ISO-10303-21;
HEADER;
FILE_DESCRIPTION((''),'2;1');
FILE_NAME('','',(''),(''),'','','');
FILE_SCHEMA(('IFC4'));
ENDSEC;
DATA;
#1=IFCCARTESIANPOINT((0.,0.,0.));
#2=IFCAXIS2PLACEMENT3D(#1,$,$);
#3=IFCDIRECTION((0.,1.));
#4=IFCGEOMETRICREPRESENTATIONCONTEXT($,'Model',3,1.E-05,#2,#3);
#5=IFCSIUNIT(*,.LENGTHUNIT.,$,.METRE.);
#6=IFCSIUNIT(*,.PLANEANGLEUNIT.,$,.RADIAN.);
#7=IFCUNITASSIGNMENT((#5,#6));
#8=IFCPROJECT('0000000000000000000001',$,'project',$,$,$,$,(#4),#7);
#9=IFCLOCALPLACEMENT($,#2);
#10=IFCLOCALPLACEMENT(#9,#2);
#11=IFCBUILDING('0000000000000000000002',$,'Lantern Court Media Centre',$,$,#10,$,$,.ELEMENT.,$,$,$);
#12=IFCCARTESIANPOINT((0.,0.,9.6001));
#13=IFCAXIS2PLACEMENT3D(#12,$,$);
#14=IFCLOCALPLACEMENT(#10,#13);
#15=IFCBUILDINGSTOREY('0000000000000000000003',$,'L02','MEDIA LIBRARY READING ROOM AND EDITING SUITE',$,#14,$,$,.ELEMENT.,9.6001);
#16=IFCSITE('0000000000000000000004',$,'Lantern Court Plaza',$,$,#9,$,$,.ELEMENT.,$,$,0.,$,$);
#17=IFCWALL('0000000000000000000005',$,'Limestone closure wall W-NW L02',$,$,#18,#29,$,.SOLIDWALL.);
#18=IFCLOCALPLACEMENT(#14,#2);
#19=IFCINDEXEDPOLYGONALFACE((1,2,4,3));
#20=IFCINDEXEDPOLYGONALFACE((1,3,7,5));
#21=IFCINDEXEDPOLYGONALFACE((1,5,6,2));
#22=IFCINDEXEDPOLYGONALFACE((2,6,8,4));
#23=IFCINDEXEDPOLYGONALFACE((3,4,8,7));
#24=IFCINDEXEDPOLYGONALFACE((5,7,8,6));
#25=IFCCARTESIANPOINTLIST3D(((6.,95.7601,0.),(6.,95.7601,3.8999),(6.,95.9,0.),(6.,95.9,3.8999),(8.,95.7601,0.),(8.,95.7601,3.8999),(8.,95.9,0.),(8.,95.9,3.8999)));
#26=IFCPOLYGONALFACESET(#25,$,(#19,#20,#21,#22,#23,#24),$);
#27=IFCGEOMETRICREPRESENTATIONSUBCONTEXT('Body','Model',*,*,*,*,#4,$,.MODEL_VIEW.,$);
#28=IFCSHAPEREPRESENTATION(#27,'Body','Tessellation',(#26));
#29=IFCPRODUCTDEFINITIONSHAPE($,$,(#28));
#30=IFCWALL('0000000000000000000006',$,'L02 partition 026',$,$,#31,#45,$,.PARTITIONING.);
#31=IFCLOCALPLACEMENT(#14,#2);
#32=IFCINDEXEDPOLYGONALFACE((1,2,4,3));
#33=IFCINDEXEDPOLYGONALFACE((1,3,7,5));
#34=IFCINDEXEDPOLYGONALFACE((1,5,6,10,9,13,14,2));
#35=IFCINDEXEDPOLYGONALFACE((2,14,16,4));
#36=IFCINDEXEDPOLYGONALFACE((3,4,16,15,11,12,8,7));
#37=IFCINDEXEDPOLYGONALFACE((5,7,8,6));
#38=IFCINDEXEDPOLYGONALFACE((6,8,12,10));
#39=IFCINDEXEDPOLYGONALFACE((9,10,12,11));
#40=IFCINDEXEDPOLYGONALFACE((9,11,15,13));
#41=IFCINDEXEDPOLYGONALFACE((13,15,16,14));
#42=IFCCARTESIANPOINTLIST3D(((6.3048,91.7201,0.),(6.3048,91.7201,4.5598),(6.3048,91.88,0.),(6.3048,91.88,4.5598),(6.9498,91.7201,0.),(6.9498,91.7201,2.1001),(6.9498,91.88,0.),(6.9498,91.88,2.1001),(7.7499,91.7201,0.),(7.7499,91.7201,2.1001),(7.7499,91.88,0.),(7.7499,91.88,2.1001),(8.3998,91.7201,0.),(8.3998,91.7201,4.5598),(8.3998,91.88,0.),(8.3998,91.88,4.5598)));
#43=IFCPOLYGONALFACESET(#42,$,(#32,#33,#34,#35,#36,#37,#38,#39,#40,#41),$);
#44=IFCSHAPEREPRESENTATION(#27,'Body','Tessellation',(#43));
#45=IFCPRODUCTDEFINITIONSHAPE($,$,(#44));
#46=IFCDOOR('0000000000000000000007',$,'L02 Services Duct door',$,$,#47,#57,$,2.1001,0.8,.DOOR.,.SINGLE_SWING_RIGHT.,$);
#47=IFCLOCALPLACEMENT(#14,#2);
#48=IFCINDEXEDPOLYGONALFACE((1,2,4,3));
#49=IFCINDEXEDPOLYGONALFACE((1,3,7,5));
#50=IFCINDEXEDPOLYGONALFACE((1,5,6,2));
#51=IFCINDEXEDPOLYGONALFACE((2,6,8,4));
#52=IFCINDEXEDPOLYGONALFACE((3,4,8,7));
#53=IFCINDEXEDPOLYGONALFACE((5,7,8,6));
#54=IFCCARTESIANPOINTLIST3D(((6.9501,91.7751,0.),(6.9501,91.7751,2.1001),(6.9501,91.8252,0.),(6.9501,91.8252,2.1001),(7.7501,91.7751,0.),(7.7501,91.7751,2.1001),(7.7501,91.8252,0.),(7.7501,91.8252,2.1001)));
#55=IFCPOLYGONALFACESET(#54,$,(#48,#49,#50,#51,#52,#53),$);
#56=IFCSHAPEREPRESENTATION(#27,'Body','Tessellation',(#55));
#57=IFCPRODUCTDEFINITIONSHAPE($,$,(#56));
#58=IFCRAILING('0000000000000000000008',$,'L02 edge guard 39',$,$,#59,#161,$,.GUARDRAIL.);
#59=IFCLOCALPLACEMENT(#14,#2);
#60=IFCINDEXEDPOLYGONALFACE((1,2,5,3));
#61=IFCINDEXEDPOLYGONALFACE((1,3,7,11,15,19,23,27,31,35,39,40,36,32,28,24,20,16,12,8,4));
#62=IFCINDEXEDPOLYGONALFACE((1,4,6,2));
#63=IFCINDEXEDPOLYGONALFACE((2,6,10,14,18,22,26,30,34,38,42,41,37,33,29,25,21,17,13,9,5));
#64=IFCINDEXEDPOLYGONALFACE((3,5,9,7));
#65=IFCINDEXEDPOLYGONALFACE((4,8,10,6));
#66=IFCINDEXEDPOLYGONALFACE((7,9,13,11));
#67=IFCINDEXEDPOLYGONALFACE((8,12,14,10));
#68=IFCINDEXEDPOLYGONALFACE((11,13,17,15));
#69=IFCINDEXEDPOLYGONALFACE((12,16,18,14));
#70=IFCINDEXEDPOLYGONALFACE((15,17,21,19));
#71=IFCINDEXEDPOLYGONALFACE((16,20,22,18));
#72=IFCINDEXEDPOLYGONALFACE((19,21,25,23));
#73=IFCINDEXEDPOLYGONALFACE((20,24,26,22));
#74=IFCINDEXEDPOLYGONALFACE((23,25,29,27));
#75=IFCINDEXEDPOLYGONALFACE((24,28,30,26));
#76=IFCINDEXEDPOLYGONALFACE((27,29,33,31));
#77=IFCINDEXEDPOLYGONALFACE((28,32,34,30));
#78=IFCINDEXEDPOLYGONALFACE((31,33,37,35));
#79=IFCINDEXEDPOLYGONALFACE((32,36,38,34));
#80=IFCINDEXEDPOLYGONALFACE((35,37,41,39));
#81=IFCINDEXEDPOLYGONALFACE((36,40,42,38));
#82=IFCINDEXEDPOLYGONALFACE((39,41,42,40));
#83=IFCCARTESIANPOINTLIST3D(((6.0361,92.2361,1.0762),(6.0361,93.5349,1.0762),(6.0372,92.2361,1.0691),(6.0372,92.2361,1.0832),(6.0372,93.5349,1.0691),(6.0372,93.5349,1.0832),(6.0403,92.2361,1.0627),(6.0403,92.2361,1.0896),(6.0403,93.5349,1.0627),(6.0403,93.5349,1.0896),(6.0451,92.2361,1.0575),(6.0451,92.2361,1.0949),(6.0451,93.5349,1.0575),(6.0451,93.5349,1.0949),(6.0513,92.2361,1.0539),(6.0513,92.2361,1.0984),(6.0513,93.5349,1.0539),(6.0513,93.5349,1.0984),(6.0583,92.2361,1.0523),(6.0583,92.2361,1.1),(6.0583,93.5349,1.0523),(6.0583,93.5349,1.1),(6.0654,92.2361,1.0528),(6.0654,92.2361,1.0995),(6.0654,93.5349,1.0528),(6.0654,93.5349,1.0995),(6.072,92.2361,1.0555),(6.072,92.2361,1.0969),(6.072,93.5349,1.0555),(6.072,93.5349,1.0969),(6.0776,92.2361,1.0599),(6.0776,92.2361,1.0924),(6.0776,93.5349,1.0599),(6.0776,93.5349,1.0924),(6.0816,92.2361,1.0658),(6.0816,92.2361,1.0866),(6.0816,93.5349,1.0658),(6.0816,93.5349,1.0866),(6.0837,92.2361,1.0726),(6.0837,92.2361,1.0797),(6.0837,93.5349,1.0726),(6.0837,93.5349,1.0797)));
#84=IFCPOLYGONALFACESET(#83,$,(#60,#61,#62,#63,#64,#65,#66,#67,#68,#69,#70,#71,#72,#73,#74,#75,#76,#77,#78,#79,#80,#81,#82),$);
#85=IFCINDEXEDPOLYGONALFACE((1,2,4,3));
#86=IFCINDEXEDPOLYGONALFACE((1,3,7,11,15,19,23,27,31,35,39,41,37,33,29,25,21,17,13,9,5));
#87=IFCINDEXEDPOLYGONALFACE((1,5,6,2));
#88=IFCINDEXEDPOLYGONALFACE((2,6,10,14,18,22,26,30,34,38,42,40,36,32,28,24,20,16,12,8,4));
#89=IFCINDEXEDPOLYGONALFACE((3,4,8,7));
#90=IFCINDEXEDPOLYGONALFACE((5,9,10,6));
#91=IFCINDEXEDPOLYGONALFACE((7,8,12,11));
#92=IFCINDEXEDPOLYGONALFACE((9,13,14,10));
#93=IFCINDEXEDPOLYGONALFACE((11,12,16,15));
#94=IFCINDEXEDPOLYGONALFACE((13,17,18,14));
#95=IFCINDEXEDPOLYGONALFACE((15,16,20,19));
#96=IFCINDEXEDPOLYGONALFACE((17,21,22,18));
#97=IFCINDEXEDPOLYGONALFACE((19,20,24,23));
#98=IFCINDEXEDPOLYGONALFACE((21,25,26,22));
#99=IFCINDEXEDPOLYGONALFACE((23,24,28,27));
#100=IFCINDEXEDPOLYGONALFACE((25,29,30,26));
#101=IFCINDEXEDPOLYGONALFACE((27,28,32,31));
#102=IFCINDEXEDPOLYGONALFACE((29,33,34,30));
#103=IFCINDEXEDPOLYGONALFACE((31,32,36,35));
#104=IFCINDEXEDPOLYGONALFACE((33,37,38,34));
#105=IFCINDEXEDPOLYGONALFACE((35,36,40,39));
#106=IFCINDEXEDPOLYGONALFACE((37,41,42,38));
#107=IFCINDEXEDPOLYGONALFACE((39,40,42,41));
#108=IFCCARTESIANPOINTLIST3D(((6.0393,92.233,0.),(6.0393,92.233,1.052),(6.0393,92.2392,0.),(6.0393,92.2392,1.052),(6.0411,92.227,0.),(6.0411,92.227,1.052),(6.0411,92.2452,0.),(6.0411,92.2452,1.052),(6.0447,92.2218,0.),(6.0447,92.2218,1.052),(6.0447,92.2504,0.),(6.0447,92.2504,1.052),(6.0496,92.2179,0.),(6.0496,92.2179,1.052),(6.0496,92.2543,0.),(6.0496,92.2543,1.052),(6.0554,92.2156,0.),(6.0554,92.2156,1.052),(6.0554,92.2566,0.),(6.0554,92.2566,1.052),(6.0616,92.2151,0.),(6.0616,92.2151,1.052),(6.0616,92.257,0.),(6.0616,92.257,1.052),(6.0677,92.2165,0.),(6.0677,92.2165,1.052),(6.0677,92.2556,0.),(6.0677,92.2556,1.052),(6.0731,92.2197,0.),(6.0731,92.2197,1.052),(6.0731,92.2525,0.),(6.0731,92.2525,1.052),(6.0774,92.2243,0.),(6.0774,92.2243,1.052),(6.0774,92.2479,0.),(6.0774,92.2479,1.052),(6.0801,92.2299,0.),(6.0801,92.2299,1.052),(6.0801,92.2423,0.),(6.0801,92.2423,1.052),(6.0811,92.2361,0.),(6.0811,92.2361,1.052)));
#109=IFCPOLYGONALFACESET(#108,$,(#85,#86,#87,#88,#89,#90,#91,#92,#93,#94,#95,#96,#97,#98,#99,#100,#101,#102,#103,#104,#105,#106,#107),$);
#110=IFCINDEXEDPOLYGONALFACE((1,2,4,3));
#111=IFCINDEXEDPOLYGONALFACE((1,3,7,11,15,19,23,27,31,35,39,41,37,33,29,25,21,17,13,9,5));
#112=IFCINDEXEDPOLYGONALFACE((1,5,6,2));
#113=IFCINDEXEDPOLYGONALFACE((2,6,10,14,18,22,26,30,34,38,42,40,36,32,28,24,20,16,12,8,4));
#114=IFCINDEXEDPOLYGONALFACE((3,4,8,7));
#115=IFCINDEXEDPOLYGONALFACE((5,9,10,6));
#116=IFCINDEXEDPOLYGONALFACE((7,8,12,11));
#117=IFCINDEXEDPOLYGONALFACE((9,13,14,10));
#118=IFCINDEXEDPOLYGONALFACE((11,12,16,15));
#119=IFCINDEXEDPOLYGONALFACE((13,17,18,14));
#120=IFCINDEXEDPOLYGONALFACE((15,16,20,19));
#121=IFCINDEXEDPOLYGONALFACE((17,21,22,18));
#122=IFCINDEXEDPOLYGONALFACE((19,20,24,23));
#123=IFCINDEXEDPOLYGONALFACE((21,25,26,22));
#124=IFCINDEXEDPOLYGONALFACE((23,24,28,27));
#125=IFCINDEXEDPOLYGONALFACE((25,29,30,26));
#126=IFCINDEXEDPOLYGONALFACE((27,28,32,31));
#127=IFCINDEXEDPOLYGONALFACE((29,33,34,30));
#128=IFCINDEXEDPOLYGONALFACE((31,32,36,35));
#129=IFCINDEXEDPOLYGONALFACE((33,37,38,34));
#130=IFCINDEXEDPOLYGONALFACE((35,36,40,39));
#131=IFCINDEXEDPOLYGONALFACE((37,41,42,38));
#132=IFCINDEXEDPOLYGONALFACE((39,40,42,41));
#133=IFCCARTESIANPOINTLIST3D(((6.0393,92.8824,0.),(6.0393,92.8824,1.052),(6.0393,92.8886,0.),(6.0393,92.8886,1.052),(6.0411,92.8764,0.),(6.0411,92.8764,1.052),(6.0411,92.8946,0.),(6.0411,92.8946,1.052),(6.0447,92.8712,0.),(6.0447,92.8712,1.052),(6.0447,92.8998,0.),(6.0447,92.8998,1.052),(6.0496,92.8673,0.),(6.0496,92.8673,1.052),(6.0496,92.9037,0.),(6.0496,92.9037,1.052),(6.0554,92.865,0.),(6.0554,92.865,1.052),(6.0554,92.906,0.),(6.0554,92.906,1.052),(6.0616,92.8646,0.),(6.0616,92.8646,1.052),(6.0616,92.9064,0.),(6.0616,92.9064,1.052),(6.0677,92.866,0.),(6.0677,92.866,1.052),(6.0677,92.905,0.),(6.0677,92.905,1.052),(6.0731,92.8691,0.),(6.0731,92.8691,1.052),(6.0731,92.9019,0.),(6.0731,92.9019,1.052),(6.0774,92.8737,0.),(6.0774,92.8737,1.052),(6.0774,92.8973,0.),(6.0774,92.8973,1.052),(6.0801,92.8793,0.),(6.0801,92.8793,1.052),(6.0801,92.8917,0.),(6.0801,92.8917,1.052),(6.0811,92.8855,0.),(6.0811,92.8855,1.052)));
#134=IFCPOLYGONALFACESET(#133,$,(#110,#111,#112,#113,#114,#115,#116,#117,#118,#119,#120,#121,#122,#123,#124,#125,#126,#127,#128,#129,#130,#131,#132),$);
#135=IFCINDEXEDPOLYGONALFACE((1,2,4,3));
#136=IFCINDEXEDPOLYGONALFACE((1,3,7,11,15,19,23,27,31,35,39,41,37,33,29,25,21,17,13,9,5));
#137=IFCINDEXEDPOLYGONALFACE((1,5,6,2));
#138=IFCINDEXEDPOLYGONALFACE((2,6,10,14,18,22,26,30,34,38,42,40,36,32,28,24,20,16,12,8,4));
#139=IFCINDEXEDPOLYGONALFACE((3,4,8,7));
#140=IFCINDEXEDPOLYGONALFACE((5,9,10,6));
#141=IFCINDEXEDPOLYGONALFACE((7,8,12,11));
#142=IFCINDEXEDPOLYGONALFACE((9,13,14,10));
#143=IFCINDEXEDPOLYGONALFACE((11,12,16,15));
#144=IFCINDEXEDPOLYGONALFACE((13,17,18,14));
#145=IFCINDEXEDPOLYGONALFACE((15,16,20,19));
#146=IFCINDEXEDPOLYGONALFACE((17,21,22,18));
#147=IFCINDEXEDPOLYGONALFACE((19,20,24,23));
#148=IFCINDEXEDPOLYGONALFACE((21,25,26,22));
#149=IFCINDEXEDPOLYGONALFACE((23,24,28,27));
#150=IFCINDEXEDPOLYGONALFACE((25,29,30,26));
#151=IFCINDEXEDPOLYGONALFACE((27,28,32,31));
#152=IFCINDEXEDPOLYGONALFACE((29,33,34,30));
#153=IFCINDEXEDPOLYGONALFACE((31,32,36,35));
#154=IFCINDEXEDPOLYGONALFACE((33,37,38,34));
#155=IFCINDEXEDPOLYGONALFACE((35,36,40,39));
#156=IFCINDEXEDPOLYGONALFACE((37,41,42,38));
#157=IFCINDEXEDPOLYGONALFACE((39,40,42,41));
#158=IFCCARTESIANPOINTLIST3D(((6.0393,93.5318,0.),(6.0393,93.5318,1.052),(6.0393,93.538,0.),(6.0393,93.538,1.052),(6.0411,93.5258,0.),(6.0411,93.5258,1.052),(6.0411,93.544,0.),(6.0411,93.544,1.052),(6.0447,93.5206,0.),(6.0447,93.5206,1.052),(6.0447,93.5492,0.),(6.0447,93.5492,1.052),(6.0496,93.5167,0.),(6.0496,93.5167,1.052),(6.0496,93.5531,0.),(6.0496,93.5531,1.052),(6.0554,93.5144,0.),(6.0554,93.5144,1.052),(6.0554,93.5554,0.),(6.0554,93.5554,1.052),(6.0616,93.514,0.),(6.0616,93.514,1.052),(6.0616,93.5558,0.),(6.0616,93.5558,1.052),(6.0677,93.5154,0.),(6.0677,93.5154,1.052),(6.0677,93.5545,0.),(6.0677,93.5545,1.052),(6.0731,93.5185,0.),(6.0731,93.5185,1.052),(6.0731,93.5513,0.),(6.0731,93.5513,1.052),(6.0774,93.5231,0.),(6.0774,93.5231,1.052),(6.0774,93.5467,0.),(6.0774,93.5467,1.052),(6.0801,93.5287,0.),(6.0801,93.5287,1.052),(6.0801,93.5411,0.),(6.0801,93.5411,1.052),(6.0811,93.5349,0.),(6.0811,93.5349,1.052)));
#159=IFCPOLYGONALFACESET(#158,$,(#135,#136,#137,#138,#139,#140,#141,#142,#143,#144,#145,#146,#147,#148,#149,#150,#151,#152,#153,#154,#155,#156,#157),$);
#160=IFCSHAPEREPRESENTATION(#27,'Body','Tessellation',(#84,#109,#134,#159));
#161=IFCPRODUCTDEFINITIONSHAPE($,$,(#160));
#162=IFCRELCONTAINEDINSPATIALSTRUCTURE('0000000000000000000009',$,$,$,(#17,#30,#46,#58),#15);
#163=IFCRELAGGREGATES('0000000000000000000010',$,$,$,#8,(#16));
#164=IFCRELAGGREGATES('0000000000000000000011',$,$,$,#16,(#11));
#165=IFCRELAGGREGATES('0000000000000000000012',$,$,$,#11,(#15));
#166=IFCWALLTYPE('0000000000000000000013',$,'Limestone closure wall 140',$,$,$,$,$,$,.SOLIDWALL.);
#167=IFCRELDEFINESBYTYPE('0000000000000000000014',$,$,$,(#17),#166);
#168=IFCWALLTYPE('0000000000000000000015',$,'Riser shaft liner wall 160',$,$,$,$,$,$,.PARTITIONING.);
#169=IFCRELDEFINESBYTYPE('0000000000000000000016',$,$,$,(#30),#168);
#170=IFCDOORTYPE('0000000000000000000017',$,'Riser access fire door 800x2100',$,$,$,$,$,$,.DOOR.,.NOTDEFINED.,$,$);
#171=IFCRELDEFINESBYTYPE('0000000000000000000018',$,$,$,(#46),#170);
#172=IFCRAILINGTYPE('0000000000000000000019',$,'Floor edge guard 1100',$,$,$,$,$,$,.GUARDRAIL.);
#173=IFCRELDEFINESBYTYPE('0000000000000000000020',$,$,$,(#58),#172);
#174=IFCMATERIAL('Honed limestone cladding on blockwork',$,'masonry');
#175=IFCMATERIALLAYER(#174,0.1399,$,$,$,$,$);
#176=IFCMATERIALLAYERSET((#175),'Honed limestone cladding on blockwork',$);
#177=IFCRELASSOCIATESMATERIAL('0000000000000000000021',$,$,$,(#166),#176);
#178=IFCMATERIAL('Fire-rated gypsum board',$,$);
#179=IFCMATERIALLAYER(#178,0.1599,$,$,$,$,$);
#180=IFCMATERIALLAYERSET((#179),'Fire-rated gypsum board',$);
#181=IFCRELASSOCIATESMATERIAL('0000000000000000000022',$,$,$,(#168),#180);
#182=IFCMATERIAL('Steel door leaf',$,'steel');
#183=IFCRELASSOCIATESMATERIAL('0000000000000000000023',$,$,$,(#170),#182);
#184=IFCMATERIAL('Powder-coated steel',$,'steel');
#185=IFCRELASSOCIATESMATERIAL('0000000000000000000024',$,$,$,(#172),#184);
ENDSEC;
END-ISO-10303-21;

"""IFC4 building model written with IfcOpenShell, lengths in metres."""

from ifc_helpers import new_model, si_unit, direction, frame, frame_2d, origin, origin_2d, place, context, subcontext, project, spatial, rectangle, circle, extrude, material, layer, layer_set, type_object, element, fill, save


model = new_model("IFC4")

# Units and contexts
model_context = context("Model", 3, precision=1e-05, world=origin(), true_north=direction((0.0, 1.0)))
body_context = subcontext(model_context, "Body", "Model", "MODEL_VIEW")
ifc_project = project(units=[si_unit("LENGTHUNIT", "METRE"), si_unit("PLANEANGLEUNIT", "RADIAN")], contexts=[model_context])

# Site, building, storey
site_placement = place(None, origin())
site = spatial("IfcSite", under=ifc_project, at=site_placement, Name="Lantern Court Plaza", CompositionType="ELEMENT", RefElevation=0.0)
building_placement = place(site_placement, origin())
building = spatial("IfcBuilding", under=site, at=building_placement, Name="Lantern Court Media Centre", CompositionType="ELEMENT")
storey_placement = place(building_placement, frame((0.0, 0.0, 9.6001)))
storey = spatial("IfcBuildingStorey", under=building, at=storey_placement, Name="L02", Description="MEDIA LIBRARY READING ROOM AND EDITING SUITE", CompositionType="ELEMENT", Elevation=9.6001)

# Wall
ifc_material_1 = material(Name="Honed limestone cladding on blockwork", Category="masonry")
ifc_layer_1 = layer(ifc_material_1, 0.1399)
ifc_layer_set_1 = layer_set([ifc_layer_1], Name="Honed limestone cladding on blockwork")
wall_type_1 = type_object("IfcWallType", Name="Limestone closure wall 140", PredefinedType="SOLIDWALL", material=ifc_layer_set_1)
wall_1_placement = place(storey_placement, frame((6.0, 95.8301, 0.0), z_axis=(0.0, 0.0, 1.0), x_axis=(1.0, 0.0, 0.0)))
element("IfcWall", 1, at=wall_1_placement, inside=storey, type_object=wall_type_1, Name="Limestone closure wall W-NW L02", PredefinedType="SOLIDWALL", context=body_context, shape_type="SweptSolid", body=[
    extrude(rectangle(XDim=2.0, YDim=0.1399, at=frame_2d((1.0, 0.0))), origin(), (0.0, 0.0, 1.0), 3.8999),
])

# Wall, opening, door
ifc_material_2 = material(Name="Fire-rated gypsum board")
ifc_layer_2 = layer(ifc_material_2, 0.1599)
ifc_layer_set_2 = layer_set([ifc_layer_2], Name="Fire-rated gypsum board")
wall_type_2 = type_object("IfcWallType", Name="Riser shaft liner wall 160", PredefinedType="PARTITIONING", material=ifc_layer_set_2)
wall_2_placement = place(storey_placement, frame((6.3049, 91.8, 0.0), z_axis=(0.0, 0.0, 1.0), x_axis=(1.0, 0.0, 0.0)))
wall_2 = element("IfcWall", 2, at=wall_2_placement, inside=storey, type_object=wall_type_2, Name="L02 partition 026", PredefinedType="PARTITIONING", context=body_context, shape_type="SweptSolid", body=[
    extrude(rectangle(XDim=2.095, YDim=0.1599, at=frame_2d((1.0474, 0.0))), origin(), (0.0, 0.0, 1.0), 4.5598),
])
opening_placement = place(wall_2_placement, frame((0.645, 0.0, 0.0)))
opening = element("IfcOpeningElement", 3, at=opening_placement, cuts=wall_2, PredefinedType="OPENING", context=body_context, shape_type="SweptSolid", body=[
    extrude(rectangle(XDim=0.8, YDim=2.1001, at=frame_2d((0.3999, 1.05))), frame((0.0, 0.0898, 0.0), z_axis=(0.0, -1.0, 0.0), x_axis=(1.0, 0.0, 0.0)), (0.0, 0.0, 1.0), 0.1799),
])
ifc_material_3 = material(Name="Steel door leaf", Category="steel")
door_type = type_object("IfcDoorType", Name="Riser access fire door 800x2100", OperationType="NOTDEFINED", PredefinedType="DOOR", material=ifc_material_3)
door_placement = place(opening_placement, frame((0.8, 0.0, 0.0), z_axis=(0.0, 0.0, 1.0), x_axis=(-1.0, 0.0, 0.0)))
door = element("IfcDoor", 4, at=door_placement, inside=storey, type_object=door_type, Name="L02 Services Duct door", OperationType="SINGLE_SWING_RIGHT", OverallHeight=2.1001, OverallWidth=0.8, PredefinedType="DOOR", context=body_context, shape_type="SweptSolid", body=[
    extrude(rectangle(XDim=0.8, YDim=2.1001, at=frame_2d((0.3999, 1.05))), frame((0.0, 0.0249, 0.0), z_axis=(0.0, -1.0, 0.0), x_axis=(1.0, 0.0, 0.0)), (0.0, 0.0, 1.0), 0.05),
])
fill(opening, door)

# Railing
ifc_material_4 = material(Name="Powder-coated steel", Category="steel")
railing_type = type_object("IfcRailingType", Name="Floor edge guard 1100", PredefinedType="GUARDRAIL", material=ifc_material_4)
railing_1_placement = place(storey_placement, frame((6.0601, 92.2361, 0.0)))
element("IfcRailing", 5, at=railing_1_placement, inside=storey, type_object=railing_type, Name="L02 edge guard 39", PredefinedType="GUARDRAIL", context=body_context, shape_type="SweptSolid", body=[
    extrude(circle(Radius=0.0239, at=origin_2d()), frame((0.0, 0.0, 1.0762), z_axis=(0.0, 1.0, 0.0), x_axis=(-1.0, 0.0, 0.0)), (0.0, 0.0, 1.0), 1.2988),
    extrude(circle(Radius=0.021, at=origin_2d()), origin(), (0.0, 0.0, 1.0), 1.052),
    extrude(circle(Radius=0.021, at=origin_2d()), frame((0.0, 0.6494, 0.0)), (0.0, 0.0, 1.0), 1.052),
    extrude(circle(Radius=0.021, at=origin_2d()), frame((0.0, 1.2988, 0.0)), (0.0, 0.0, 1.0), 1.052),
])

save(model, "model.ifc")
